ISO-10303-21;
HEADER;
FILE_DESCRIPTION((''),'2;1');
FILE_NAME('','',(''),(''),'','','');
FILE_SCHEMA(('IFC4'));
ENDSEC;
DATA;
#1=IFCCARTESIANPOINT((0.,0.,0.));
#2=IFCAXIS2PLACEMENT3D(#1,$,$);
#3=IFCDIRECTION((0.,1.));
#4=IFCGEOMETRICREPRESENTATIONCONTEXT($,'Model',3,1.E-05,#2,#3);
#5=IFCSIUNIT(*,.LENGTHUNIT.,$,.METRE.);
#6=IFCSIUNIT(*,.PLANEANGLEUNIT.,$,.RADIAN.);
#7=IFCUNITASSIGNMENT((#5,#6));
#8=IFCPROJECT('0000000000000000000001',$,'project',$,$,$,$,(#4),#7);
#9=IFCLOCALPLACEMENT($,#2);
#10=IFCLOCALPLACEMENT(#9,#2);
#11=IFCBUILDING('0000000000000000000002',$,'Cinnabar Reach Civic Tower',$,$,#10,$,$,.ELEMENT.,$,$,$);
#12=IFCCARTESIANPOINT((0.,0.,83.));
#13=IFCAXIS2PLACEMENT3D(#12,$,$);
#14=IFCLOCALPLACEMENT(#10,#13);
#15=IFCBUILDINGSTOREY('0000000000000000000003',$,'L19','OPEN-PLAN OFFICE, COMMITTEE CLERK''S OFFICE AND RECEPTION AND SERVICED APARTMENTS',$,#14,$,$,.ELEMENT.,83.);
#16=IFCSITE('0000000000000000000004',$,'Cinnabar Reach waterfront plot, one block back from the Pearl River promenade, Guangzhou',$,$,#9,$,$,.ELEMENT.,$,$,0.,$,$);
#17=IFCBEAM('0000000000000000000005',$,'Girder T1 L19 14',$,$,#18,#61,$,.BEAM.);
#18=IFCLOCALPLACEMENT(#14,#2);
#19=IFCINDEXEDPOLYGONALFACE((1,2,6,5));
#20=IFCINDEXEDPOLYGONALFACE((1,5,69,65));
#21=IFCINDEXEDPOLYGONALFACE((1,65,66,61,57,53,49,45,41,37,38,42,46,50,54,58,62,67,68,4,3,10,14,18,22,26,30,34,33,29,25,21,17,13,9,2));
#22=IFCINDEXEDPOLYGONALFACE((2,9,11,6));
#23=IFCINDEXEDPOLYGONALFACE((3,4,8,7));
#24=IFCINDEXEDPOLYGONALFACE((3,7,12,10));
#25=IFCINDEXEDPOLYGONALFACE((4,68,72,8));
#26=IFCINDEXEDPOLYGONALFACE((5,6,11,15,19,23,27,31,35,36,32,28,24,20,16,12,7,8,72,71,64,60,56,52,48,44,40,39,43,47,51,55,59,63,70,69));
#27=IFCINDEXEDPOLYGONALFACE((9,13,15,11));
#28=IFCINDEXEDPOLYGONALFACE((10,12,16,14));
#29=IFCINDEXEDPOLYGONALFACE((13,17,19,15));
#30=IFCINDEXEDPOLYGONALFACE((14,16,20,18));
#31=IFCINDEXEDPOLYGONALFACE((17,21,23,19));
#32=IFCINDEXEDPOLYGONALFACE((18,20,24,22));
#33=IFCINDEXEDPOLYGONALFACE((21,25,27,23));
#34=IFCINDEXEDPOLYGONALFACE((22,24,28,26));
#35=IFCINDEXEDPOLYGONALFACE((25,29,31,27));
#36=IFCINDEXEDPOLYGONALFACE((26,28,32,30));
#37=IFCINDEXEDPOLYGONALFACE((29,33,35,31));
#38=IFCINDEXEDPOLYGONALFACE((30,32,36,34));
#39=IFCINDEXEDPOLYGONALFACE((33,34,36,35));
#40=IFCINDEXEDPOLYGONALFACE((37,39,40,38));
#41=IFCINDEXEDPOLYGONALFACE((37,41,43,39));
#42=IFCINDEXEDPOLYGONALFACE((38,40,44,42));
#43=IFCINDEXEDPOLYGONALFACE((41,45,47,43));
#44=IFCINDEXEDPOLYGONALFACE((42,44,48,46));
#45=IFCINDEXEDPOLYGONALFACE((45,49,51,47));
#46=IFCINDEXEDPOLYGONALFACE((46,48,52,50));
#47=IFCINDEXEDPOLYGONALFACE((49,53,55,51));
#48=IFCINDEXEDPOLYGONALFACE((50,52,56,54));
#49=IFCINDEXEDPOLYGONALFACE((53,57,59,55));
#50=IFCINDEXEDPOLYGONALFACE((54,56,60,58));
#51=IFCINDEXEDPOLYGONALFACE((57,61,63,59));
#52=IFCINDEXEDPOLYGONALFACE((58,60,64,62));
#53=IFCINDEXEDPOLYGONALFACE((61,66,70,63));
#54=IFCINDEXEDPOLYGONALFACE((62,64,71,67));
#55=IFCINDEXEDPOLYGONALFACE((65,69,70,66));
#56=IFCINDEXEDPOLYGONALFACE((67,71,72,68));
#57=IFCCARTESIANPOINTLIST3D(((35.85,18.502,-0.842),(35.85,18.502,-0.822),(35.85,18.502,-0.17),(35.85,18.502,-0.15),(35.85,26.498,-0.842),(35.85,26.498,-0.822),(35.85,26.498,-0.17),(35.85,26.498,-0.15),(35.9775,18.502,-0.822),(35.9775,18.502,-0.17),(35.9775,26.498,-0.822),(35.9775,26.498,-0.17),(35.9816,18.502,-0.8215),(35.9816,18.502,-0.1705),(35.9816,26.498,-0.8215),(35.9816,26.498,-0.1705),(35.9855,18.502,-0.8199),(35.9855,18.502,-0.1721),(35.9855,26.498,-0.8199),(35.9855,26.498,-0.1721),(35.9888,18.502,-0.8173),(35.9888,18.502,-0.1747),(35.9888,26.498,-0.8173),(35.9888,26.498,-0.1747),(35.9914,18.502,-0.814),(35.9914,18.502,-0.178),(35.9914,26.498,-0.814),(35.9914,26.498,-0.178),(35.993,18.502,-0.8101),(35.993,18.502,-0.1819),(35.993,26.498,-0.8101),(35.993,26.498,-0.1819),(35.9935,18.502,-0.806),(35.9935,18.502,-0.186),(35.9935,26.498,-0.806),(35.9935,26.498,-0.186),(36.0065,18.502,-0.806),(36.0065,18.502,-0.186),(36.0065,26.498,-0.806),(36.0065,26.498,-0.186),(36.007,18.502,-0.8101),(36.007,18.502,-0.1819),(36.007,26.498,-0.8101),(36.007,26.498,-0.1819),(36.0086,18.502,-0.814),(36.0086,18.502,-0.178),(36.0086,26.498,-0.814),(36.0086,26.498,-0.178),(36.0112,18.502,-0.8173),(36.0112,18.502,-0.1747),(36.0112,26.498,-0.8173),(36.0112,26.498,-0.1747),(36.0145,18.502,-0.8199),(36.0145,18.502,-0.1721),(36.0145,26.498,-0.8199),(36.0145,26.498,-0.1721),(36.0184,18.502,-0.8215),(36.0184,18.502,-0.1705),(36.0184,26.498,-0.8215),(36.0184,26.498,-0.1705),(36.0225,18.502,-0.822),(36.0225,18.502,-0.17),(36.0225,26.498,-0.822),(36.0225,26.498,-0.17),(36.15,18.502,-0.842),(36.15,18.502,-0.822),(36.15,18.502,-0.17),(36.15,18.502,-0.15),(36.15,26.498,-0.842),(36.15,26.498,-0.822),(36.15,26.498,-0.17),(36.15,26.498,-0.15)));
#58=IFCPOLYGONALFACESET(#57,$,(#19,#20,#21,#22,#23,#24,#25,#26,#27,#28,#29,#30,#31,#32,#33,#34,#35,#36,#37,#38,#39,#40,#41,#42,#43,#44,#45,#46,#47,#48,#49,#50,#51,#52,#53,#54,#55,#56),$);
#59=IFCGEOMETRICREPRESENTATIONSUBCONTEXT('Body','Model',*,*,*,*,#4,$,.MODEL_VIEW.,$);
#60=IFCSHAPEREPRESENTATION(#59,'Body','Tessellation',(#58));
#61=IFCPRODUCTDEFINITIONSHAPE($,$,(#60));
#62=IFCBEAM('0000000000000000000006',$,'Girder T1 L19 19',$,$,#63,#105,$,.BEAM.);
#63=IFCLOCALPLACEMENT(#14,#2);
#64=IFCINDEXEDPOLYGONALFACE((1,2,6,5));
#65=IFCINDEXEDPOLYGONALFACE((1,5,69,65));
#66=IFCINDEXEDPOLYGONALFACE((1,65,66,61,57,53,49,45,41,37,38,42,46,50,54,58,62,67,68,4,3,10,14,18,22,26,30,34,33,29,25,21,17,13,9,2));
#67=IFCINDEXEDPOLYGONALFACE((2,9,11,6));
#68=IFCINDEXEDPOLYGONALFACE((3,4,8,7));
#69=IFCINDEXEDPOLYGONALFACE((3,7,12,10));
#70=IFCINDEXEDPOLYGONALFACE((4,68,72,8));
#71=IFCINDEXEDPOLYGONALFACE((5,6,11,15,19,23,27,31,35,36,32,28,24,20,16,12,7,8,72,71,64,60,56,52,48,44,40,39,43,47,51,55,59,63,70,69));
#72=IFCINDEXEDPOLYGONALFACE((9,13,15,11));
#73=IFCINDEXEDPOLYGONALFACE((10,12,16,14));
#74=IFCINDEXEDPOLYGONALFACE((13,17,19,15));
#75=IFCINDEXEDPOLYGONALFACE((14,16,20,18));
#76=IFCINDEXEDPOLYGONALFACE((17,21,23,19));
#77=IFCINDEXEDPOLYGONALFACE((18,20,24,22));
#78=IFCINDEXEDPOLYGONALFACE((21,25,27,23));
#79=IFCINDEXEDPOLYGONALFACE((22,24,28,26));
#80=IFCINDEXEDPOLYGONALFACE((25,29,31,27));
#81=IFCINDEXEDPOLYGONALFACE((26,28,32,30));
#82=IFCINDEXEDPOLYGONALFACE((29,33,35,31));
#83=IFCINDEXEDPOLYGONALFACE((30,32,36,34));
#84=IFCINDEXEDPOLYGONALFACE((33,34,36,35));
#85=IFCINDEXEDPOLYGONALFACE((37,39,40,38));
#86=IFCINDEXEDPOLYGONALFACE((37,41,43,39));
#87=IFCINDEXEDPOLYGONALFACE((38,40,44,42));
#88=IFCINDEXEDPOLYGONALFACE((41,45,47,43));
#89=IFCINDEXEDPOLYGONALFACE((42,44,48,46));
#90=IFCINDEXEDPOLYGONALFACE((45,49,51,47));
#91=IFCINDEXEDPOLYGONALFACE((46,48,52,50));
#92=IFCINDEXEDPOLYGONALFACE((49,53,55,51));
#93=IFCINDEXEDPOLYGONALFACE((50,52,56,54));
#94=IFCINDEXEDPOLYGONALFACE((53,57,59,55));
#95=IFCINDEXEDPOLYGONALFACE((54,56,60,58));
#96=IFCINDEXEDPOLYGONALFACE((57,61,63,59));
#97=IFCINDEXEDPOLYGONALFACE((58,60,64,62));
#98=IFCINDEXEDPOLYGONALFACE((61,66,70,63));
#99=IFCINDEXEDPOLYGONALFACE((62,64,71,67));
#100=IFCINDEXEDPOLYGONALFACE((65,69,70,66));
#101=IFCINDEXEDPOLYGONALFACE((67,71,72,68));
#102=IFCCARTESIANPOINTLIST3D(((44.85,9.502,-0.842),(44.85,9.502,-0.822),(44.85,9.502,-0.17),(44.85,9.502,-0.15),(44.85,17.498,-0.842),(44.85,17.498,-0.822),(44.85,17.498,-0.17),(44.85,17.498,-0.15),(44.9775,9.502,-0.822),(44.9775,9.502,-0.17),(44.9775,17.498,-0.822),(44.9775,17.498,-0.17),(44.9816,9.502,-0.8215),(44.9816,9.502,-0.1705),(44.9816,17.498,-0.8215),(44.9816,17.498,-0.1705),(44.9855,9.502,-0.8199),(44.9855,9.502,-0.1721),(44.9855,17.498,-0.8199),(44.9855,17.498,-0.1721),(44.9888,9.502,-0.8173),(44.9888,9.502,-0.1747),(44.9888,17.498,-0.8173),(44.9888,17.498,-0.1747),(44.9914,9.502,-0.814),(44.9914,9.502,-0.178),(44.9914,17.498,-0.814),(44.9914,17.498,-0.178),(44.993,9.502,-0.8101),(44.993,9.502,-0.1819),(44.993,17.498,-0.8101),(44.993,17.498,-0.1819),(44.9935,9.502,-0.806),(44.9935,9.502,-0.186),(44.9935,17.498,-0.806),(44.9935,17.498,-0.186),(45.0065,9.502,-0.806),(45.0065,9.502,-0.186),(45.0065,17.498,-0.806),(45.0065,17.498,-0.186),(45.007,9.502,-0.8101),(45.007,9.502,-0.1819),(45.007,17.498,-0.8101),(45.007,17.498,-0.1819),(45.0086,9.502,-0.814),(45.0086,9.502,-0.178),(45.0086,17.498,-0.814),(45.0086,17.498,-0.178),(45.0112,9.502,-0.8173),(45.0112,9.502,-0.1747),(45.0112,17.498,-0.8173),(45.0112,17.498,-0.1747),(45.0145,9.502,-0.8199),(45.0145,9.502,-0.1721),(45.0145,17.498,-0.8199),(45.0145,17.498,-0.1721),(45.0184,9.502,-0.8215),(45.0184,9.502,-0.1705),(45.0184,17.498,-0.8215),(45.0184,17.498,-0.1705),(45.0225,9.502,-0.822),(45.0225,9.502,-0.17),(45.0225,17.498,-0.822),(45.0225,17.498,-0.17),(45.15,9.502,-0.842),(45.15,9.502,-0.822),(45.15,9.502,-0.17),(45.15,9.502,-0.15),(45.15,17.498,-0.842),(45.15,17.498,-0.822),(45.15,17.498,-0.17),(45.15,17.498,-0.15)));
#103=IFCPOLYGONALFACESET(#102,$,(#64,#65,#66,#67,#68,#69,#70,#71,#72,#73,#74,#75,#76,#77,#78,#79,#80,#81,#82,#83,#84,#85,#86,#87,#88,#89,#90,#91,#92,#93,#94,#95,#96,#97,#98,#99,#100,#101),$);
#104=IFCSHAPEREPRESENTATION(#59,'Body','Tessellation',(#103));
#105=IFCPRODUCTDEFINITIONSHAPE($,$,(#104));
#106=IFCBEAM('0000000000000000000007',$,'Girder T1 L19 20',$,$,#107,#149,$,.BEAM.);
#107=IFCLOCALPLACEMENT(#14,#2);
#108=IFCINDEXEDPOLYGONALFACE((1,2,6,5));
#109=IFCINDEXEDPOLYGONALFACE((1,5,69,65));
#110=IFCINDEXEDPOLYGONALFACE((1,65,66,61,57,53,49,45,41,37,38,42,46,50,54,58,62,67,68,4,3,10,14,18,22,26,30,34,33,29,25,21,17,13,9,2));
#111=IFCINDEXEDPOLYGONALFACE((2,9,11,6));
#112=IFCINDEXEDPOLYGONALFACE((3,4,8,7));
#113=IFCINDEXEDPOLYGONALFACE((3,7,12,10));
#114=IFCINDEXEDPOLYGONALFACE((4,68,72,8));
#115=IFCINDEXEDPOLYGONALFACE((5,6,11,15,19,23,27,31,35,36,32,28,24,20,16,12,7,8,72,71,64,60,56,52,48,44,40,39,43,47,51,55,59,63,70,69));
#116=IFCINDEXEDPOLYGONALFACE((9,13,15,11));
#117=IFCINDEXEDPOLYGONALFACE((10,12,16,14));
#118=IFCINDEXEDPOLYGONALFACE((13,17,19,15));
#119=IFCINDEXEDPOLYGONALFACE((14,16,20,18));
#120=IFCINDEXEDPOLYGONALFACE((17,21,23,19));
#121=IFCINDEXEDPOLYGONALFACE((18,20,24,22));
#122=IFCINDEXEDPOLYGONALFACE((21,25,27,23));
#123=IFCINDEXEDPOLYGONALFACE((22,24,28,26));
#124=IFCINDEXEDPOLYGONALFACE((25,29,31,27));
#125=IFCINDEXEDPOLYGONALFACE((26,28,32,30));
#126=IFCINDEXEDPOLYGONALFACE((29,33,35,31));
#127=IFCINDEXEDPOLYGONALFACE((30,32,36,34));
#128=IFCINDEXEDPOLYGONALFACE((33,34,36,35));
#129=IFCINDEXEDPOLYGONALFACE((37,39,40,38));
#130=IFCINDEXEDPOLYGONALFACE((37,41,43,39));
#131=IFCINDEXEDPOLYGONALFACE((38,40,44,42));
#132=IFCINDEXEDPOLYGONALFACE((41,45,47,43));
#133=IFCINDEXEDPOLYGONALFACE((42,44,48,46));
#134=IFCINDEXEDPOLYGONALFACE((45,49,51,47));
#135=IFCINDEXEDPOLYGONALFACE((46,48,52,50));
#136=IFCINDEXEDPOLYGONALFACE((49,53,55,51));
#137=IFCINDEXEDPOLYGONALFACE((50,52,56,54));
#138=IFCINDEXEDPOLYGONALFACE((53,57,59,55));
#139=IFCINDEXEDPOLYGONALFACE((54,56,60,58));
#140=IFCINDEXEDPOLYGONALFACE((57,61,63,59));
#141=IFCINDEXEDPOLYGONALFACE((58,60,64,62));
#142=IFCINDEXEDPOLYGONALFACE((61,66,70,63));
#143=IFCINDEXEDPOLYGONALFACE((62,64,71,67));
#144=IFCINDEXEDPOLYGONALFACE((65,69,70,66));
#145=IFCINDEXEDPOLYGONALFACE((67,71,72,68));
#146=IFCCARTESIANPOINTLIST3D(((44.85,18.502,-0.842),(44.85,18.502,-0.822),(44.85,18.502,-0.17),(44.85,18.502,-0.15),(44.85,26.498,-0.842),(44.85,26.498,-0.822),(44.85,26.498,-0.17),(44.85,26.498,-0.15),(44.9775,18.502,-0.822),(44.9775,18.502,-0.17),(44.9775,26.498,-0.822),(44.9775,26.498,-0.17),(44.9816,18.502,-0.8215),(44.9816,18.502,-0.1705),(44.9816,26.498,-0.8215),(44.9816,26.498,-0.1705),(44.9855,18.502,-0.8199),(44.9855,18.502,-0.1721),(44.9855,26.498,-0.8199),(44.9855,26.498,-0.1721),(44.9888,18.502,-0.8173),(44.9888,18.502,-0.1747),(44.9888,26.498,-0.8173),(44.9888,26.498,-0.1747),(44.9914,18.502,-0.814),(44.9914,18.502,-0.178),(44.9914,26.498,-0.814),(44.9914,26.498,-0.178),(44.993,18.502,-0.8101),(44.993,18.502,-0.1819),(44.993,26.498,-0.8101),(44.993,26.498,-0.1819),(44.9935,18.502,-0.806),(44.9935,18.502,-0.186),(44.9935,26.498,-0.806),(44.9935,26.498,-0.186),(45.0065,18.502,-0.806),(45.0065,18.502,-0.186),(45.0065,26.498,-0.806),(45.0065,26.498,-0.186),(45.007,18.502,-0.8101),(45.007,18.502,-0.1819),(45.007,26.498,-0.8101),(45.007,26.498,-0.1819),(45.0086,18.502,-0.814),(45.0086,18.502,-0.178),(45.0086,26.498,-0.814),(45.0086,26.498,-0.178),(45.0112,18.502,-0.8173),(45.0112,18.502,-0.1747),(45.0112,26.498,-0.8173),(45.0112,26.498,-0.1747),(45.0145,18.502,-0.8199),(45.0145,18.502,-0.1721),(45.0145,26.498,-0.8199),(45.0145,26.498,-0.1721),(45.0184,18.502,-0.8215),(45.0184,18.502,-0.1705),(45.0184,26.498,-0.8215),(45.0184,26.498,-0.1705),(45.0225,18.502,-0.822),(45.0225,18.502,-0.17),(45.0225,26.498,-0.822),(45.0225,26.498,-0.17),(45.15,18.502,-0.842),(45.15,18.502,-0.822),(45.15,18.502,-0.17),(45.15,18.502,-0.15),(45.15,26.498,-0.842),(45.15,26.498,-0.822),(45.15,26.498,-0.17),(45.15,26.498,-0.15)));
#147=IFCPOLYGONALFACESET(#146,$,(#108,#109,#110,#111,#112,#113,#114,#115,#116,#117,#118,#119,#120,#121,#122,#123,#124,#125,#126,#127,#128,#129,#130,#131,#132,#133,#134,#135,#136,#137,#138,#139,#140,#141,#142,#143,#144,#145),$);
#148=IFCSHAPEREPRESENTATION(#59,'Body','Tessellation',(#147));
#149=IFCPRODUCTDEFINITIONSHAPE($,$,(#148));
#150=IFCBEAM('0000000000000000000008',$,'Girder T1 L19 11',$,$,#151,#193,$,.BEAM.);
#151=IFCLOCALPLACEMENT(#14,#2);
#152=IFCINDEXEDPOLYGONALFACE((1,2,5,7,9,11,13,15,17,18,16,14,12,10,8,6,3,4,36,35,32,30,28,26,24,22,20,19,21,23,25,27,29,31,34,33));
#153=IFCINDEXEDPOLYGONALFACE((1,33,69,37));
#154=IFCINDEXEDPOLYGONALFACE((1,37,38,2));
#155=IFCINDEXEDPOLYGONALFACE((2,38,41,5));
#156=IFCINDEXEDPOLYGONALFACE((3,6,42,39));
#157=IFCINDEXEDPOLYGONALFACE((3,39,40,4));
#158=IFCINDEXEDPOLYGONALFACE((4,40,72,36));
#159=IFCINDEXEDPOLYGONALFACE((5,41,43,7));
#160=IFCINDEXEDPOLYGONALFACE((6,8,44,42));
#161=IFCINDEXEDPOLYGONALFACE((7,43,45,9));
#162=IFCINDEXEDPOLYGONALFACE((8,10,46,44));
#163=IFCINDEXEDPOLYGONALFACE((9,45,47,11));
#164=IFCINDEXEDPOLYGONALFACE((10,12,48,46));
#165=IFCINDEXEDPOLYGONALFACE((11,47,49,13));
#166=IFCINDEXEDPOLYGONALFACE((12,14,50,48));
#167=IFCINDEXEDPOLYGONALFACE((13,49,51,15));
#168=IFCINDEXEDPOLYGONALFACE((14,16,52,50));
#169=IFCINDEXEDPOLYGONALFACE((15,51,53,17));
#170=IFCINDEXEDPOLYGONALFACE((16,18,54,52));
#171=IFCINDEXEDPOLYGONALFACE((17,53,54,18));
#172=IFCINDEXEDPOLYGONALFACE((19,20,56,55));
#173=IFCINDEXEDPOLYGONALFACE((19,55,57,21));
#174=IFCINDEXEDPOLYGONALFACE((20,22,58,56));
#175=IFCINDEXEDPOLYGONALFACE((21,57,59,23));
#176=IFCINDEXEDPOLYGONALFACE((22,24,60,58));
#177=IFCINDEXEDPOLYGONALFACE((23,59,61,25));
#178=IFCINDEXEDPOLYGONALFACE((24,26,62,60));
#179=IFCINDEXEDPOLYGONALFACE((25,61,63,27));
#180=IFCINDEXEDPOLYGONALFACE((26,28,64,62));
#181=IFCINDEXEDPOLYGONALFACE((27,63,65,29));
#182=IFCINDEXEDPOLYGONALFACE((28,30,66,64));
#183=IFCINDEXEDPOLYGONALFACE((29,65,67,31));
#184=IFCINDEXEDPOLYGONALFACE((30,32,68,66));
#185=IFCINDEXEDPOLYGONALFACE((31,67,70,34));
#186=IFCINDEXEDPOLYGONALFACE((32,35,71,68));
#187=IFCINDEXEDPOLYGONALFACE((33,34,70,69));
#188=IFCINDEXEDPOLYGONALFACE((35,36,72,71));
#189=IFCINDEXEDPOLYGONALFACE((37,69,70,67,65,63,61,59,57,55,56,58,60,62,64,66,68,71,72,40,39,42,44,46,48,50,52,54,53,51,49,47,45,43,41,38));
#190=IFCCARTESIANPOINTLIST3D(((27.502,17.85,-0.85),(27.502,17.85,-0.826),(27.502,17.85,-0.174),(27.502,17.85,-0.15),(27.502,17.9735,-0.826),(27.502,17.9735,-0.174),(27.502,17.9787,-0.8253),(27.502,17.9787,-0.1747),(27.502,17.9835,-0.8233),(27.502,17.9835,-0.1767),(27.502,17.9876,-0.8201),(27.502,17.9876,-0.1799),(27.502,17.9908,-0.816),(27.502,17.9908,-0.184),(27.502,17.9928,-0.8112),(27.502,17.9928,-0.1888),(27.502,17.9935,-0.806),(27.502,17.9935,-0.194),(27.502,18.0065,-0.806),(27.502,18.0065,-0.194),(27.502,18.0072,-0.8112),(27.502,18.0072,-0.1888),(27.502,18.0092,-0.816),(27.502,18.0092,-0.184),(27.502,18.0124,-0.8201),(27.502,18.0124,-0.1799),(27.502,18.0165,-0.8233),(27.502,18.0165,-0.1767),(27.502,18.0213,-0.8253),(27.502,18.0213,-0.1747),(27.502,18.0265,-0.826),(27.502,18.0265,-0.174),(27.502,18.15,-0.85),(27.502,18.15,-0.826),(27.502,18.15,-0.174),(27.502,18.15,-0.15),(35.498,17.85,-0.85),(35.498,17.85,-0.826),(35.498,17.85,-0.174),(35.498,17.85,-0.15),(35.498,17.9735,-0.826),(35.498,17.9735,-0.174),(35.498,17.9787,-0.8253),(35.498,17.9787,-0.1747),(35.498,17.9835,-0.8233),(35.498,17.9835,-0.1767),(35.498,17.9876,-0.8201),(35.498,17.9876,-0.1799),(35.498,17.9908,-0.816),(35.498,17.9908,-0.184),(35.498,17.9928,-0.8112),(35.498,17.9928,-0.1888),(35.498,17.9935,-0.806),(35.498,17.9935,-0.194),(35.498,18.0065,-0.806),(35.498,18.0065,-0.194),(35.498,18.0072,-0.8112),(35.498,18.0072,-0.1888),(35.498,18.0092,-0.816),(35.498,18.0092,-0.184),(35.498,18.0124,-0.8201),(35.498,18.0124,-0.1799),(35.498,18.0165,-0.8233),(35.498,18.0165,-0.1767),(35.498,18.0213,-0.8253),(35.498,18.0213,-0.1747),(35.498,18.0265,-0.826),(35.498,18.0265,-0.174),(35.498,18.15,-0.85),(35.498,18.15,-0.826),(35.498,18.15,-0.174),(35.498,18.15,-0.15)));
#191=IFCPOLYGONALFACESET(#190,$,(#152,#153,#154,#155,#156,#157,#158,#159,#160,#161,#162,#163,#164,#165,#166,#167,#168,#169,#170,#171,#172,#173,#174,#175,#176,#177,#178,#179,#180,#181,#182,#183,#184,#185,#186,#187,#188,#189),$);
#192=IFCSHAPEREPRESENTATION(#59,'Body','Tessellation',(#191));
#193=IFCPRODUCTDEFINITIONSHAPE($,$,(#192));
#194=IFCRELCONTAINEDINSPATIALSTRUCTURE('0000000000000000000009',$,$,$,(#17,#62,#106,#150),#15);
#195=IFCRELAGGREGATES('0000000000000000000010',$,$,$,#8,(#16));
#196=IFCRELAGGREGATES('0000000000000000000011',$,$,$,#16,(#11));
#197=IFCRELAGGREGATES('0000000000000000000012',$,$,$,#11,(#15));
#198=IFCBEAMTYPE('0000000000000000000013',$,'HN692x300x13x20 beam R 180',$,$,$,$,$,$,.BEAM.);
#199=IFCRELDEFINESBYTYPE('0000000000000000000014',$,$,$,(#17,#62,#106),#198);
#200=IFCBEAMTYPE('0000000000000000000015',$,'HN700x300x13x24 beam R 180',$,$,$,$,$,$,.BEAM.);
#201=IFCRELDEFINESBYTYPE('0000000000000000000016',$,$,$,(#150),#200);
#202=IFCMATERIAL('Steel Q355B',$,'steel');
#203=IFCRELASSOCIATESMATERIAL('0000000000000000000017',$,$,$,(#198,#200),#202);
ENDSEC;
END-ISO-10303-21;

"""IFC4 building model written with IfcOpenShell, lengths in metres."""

from ifc_helpers import new_model, si_unit, direction, frame, origin, origin_2d, place, context, subcontext, project, spatial, i_section, extrude, material, material_profile, profile_set, type_object, element, save


model = new_model("IFC4")

# Units and contexts
model_context = context("Model", 3, precision=1e-05, world=origin(), true_north=direction((0.0, 1.0)))
body_context = subcontext(model_context, "Body", "Model", "MODEL_VIEW")
ifc_project = project(units=[si_unit("LENGTHUNIT", "METRE"), si_unit("PLANEANGLEUNIT", "RADIAN")], contexts=[model_context])

# Site, building, storey
site_placement = place(None, origin())
site = spatial("IfcSite", under=ifc_project, at=site_placement, Name="Cinnabar Reach waterfront plot, one block back from the Pearl River promenade, Guangzhou", CompositionType="ELEMENT", RefElevation=0.0)
building_placement = place(site_placement, origin())
building = spatial("IfcBuilding", under=site, at=building_placement, Name="Cinnabar Reach Civic Tower", CompositionType="ELEMENT")
storey_placement = place(building_placement, frame((0.0, 0.0, 83.0)))
storey = spatial("IfcBuildingStorey", under=building, at=storey_placement, Name="L19", Description="OPEN-PLAN OFFICE, COMMITTEE CLERK'S OFFICE AND RECEPTION AND SERVICED APARTMENTS", CompositionType="ELEMENT", Elevation=83.0)

# Beams
ifc_material_1 = material(Name="Steel Q355B", Category="steel")
ifc_material_profile_1 = material_profile(ifc_material_1, i_section(OverallWidth=0.3, OverallDepth=0.692, WebThickness=0.013, FlangeThickness=0.02, FilletRadius=0.016, at=origin_2d()), Name="HN692x300x13x20")
ifc_profile_set_1 = profile_set([ifc_material_profile_1], Name="Steel Q355B")
beam_type_1 = type_object("IfcBeamType", Name="HN692x300x13x20 beam R 180", PredefinedType="BEAM", material=ifc_profile_set_1)
for number, where, z_axis, x_axis, name in (
    (1, (36.0, 18.502, -0.496), (0.0, 1.0, 0.0), (-1.0, 0.0, 0.0), "Girder T1 L19 14"),
    (2, (45.0, 9.502, -0.496), (0.0, 1.0, 0.0), (-1.0, 0.0, 0.0), "Girder T1 L19 19"),
    (3, (45.0, 18.502, -0.496), (0.0, 1.0, 0.0), (-1.0, 0.0, 0.0), "Girder T1 L19 20"),
):
    element("IfcBeam", number, at=place(storey_placement, frame(where, z_axis=z_axis, x_axis=x_axis)), inside=storey, type_object=beam_type_1, Name=name, PredefinedType="BEAM", context=body_context, shape_type="SweptSolid", body=[
        extrude(i_section(OverallWidth=0.3, OverallDepth=0.692, WebThickness=0.013, FlangeThickness=0.02, FilletRadius=0.016, at=origin_2d()), origin(), (0.0, 0.0, 1.0), 7.996),
    ])
ifc_material_profile_2 = material_profile(ifc_material_1, i_section(OverallWidth=0.3, OverallDepth=0.7, WebThickness=0.013, FlangeThickness=0.024, FilletRadius=0.02, at=origin_2d()), Name="HN700x300x13x24")
ifc_profile_set_2 = profile_set([ifc_material_profile_2], Name="Steel Q355B")
beam_type_2 = type_object("IfcBeamType", Name="HN700x300x13x24 beam R 180", PredefinedType="BEAM", material=ifc_profile_set_2)
for number, where, z_axis, x_axis, name in (
    (4, (27.502, 18.0, -0.5), (1.0, 0.0, 0.0), (0.0, 1.0, 0.0), "Girder T1 L19 11"),
):
    element("IfcBeam", number, at=place(storey_placement, frame(where, z_axis=z_axis, x_axis=x_axis)), inside=storey, type_object=beam_type_2, Name=name, PredefinedType="BEAM", context=body_context, shape_type="SweptSolid", body=[
        extrude(i_section(OverallWidth=0.3, OverallDepth=0.7, WebThickness=0.013, FlangeThickness=0.024, FilletRadius=0.02, at=origin_2d()), origin(), (0.0, 0.0, 1.0), 7.996),
    ])

save(model, "model.ifc")
